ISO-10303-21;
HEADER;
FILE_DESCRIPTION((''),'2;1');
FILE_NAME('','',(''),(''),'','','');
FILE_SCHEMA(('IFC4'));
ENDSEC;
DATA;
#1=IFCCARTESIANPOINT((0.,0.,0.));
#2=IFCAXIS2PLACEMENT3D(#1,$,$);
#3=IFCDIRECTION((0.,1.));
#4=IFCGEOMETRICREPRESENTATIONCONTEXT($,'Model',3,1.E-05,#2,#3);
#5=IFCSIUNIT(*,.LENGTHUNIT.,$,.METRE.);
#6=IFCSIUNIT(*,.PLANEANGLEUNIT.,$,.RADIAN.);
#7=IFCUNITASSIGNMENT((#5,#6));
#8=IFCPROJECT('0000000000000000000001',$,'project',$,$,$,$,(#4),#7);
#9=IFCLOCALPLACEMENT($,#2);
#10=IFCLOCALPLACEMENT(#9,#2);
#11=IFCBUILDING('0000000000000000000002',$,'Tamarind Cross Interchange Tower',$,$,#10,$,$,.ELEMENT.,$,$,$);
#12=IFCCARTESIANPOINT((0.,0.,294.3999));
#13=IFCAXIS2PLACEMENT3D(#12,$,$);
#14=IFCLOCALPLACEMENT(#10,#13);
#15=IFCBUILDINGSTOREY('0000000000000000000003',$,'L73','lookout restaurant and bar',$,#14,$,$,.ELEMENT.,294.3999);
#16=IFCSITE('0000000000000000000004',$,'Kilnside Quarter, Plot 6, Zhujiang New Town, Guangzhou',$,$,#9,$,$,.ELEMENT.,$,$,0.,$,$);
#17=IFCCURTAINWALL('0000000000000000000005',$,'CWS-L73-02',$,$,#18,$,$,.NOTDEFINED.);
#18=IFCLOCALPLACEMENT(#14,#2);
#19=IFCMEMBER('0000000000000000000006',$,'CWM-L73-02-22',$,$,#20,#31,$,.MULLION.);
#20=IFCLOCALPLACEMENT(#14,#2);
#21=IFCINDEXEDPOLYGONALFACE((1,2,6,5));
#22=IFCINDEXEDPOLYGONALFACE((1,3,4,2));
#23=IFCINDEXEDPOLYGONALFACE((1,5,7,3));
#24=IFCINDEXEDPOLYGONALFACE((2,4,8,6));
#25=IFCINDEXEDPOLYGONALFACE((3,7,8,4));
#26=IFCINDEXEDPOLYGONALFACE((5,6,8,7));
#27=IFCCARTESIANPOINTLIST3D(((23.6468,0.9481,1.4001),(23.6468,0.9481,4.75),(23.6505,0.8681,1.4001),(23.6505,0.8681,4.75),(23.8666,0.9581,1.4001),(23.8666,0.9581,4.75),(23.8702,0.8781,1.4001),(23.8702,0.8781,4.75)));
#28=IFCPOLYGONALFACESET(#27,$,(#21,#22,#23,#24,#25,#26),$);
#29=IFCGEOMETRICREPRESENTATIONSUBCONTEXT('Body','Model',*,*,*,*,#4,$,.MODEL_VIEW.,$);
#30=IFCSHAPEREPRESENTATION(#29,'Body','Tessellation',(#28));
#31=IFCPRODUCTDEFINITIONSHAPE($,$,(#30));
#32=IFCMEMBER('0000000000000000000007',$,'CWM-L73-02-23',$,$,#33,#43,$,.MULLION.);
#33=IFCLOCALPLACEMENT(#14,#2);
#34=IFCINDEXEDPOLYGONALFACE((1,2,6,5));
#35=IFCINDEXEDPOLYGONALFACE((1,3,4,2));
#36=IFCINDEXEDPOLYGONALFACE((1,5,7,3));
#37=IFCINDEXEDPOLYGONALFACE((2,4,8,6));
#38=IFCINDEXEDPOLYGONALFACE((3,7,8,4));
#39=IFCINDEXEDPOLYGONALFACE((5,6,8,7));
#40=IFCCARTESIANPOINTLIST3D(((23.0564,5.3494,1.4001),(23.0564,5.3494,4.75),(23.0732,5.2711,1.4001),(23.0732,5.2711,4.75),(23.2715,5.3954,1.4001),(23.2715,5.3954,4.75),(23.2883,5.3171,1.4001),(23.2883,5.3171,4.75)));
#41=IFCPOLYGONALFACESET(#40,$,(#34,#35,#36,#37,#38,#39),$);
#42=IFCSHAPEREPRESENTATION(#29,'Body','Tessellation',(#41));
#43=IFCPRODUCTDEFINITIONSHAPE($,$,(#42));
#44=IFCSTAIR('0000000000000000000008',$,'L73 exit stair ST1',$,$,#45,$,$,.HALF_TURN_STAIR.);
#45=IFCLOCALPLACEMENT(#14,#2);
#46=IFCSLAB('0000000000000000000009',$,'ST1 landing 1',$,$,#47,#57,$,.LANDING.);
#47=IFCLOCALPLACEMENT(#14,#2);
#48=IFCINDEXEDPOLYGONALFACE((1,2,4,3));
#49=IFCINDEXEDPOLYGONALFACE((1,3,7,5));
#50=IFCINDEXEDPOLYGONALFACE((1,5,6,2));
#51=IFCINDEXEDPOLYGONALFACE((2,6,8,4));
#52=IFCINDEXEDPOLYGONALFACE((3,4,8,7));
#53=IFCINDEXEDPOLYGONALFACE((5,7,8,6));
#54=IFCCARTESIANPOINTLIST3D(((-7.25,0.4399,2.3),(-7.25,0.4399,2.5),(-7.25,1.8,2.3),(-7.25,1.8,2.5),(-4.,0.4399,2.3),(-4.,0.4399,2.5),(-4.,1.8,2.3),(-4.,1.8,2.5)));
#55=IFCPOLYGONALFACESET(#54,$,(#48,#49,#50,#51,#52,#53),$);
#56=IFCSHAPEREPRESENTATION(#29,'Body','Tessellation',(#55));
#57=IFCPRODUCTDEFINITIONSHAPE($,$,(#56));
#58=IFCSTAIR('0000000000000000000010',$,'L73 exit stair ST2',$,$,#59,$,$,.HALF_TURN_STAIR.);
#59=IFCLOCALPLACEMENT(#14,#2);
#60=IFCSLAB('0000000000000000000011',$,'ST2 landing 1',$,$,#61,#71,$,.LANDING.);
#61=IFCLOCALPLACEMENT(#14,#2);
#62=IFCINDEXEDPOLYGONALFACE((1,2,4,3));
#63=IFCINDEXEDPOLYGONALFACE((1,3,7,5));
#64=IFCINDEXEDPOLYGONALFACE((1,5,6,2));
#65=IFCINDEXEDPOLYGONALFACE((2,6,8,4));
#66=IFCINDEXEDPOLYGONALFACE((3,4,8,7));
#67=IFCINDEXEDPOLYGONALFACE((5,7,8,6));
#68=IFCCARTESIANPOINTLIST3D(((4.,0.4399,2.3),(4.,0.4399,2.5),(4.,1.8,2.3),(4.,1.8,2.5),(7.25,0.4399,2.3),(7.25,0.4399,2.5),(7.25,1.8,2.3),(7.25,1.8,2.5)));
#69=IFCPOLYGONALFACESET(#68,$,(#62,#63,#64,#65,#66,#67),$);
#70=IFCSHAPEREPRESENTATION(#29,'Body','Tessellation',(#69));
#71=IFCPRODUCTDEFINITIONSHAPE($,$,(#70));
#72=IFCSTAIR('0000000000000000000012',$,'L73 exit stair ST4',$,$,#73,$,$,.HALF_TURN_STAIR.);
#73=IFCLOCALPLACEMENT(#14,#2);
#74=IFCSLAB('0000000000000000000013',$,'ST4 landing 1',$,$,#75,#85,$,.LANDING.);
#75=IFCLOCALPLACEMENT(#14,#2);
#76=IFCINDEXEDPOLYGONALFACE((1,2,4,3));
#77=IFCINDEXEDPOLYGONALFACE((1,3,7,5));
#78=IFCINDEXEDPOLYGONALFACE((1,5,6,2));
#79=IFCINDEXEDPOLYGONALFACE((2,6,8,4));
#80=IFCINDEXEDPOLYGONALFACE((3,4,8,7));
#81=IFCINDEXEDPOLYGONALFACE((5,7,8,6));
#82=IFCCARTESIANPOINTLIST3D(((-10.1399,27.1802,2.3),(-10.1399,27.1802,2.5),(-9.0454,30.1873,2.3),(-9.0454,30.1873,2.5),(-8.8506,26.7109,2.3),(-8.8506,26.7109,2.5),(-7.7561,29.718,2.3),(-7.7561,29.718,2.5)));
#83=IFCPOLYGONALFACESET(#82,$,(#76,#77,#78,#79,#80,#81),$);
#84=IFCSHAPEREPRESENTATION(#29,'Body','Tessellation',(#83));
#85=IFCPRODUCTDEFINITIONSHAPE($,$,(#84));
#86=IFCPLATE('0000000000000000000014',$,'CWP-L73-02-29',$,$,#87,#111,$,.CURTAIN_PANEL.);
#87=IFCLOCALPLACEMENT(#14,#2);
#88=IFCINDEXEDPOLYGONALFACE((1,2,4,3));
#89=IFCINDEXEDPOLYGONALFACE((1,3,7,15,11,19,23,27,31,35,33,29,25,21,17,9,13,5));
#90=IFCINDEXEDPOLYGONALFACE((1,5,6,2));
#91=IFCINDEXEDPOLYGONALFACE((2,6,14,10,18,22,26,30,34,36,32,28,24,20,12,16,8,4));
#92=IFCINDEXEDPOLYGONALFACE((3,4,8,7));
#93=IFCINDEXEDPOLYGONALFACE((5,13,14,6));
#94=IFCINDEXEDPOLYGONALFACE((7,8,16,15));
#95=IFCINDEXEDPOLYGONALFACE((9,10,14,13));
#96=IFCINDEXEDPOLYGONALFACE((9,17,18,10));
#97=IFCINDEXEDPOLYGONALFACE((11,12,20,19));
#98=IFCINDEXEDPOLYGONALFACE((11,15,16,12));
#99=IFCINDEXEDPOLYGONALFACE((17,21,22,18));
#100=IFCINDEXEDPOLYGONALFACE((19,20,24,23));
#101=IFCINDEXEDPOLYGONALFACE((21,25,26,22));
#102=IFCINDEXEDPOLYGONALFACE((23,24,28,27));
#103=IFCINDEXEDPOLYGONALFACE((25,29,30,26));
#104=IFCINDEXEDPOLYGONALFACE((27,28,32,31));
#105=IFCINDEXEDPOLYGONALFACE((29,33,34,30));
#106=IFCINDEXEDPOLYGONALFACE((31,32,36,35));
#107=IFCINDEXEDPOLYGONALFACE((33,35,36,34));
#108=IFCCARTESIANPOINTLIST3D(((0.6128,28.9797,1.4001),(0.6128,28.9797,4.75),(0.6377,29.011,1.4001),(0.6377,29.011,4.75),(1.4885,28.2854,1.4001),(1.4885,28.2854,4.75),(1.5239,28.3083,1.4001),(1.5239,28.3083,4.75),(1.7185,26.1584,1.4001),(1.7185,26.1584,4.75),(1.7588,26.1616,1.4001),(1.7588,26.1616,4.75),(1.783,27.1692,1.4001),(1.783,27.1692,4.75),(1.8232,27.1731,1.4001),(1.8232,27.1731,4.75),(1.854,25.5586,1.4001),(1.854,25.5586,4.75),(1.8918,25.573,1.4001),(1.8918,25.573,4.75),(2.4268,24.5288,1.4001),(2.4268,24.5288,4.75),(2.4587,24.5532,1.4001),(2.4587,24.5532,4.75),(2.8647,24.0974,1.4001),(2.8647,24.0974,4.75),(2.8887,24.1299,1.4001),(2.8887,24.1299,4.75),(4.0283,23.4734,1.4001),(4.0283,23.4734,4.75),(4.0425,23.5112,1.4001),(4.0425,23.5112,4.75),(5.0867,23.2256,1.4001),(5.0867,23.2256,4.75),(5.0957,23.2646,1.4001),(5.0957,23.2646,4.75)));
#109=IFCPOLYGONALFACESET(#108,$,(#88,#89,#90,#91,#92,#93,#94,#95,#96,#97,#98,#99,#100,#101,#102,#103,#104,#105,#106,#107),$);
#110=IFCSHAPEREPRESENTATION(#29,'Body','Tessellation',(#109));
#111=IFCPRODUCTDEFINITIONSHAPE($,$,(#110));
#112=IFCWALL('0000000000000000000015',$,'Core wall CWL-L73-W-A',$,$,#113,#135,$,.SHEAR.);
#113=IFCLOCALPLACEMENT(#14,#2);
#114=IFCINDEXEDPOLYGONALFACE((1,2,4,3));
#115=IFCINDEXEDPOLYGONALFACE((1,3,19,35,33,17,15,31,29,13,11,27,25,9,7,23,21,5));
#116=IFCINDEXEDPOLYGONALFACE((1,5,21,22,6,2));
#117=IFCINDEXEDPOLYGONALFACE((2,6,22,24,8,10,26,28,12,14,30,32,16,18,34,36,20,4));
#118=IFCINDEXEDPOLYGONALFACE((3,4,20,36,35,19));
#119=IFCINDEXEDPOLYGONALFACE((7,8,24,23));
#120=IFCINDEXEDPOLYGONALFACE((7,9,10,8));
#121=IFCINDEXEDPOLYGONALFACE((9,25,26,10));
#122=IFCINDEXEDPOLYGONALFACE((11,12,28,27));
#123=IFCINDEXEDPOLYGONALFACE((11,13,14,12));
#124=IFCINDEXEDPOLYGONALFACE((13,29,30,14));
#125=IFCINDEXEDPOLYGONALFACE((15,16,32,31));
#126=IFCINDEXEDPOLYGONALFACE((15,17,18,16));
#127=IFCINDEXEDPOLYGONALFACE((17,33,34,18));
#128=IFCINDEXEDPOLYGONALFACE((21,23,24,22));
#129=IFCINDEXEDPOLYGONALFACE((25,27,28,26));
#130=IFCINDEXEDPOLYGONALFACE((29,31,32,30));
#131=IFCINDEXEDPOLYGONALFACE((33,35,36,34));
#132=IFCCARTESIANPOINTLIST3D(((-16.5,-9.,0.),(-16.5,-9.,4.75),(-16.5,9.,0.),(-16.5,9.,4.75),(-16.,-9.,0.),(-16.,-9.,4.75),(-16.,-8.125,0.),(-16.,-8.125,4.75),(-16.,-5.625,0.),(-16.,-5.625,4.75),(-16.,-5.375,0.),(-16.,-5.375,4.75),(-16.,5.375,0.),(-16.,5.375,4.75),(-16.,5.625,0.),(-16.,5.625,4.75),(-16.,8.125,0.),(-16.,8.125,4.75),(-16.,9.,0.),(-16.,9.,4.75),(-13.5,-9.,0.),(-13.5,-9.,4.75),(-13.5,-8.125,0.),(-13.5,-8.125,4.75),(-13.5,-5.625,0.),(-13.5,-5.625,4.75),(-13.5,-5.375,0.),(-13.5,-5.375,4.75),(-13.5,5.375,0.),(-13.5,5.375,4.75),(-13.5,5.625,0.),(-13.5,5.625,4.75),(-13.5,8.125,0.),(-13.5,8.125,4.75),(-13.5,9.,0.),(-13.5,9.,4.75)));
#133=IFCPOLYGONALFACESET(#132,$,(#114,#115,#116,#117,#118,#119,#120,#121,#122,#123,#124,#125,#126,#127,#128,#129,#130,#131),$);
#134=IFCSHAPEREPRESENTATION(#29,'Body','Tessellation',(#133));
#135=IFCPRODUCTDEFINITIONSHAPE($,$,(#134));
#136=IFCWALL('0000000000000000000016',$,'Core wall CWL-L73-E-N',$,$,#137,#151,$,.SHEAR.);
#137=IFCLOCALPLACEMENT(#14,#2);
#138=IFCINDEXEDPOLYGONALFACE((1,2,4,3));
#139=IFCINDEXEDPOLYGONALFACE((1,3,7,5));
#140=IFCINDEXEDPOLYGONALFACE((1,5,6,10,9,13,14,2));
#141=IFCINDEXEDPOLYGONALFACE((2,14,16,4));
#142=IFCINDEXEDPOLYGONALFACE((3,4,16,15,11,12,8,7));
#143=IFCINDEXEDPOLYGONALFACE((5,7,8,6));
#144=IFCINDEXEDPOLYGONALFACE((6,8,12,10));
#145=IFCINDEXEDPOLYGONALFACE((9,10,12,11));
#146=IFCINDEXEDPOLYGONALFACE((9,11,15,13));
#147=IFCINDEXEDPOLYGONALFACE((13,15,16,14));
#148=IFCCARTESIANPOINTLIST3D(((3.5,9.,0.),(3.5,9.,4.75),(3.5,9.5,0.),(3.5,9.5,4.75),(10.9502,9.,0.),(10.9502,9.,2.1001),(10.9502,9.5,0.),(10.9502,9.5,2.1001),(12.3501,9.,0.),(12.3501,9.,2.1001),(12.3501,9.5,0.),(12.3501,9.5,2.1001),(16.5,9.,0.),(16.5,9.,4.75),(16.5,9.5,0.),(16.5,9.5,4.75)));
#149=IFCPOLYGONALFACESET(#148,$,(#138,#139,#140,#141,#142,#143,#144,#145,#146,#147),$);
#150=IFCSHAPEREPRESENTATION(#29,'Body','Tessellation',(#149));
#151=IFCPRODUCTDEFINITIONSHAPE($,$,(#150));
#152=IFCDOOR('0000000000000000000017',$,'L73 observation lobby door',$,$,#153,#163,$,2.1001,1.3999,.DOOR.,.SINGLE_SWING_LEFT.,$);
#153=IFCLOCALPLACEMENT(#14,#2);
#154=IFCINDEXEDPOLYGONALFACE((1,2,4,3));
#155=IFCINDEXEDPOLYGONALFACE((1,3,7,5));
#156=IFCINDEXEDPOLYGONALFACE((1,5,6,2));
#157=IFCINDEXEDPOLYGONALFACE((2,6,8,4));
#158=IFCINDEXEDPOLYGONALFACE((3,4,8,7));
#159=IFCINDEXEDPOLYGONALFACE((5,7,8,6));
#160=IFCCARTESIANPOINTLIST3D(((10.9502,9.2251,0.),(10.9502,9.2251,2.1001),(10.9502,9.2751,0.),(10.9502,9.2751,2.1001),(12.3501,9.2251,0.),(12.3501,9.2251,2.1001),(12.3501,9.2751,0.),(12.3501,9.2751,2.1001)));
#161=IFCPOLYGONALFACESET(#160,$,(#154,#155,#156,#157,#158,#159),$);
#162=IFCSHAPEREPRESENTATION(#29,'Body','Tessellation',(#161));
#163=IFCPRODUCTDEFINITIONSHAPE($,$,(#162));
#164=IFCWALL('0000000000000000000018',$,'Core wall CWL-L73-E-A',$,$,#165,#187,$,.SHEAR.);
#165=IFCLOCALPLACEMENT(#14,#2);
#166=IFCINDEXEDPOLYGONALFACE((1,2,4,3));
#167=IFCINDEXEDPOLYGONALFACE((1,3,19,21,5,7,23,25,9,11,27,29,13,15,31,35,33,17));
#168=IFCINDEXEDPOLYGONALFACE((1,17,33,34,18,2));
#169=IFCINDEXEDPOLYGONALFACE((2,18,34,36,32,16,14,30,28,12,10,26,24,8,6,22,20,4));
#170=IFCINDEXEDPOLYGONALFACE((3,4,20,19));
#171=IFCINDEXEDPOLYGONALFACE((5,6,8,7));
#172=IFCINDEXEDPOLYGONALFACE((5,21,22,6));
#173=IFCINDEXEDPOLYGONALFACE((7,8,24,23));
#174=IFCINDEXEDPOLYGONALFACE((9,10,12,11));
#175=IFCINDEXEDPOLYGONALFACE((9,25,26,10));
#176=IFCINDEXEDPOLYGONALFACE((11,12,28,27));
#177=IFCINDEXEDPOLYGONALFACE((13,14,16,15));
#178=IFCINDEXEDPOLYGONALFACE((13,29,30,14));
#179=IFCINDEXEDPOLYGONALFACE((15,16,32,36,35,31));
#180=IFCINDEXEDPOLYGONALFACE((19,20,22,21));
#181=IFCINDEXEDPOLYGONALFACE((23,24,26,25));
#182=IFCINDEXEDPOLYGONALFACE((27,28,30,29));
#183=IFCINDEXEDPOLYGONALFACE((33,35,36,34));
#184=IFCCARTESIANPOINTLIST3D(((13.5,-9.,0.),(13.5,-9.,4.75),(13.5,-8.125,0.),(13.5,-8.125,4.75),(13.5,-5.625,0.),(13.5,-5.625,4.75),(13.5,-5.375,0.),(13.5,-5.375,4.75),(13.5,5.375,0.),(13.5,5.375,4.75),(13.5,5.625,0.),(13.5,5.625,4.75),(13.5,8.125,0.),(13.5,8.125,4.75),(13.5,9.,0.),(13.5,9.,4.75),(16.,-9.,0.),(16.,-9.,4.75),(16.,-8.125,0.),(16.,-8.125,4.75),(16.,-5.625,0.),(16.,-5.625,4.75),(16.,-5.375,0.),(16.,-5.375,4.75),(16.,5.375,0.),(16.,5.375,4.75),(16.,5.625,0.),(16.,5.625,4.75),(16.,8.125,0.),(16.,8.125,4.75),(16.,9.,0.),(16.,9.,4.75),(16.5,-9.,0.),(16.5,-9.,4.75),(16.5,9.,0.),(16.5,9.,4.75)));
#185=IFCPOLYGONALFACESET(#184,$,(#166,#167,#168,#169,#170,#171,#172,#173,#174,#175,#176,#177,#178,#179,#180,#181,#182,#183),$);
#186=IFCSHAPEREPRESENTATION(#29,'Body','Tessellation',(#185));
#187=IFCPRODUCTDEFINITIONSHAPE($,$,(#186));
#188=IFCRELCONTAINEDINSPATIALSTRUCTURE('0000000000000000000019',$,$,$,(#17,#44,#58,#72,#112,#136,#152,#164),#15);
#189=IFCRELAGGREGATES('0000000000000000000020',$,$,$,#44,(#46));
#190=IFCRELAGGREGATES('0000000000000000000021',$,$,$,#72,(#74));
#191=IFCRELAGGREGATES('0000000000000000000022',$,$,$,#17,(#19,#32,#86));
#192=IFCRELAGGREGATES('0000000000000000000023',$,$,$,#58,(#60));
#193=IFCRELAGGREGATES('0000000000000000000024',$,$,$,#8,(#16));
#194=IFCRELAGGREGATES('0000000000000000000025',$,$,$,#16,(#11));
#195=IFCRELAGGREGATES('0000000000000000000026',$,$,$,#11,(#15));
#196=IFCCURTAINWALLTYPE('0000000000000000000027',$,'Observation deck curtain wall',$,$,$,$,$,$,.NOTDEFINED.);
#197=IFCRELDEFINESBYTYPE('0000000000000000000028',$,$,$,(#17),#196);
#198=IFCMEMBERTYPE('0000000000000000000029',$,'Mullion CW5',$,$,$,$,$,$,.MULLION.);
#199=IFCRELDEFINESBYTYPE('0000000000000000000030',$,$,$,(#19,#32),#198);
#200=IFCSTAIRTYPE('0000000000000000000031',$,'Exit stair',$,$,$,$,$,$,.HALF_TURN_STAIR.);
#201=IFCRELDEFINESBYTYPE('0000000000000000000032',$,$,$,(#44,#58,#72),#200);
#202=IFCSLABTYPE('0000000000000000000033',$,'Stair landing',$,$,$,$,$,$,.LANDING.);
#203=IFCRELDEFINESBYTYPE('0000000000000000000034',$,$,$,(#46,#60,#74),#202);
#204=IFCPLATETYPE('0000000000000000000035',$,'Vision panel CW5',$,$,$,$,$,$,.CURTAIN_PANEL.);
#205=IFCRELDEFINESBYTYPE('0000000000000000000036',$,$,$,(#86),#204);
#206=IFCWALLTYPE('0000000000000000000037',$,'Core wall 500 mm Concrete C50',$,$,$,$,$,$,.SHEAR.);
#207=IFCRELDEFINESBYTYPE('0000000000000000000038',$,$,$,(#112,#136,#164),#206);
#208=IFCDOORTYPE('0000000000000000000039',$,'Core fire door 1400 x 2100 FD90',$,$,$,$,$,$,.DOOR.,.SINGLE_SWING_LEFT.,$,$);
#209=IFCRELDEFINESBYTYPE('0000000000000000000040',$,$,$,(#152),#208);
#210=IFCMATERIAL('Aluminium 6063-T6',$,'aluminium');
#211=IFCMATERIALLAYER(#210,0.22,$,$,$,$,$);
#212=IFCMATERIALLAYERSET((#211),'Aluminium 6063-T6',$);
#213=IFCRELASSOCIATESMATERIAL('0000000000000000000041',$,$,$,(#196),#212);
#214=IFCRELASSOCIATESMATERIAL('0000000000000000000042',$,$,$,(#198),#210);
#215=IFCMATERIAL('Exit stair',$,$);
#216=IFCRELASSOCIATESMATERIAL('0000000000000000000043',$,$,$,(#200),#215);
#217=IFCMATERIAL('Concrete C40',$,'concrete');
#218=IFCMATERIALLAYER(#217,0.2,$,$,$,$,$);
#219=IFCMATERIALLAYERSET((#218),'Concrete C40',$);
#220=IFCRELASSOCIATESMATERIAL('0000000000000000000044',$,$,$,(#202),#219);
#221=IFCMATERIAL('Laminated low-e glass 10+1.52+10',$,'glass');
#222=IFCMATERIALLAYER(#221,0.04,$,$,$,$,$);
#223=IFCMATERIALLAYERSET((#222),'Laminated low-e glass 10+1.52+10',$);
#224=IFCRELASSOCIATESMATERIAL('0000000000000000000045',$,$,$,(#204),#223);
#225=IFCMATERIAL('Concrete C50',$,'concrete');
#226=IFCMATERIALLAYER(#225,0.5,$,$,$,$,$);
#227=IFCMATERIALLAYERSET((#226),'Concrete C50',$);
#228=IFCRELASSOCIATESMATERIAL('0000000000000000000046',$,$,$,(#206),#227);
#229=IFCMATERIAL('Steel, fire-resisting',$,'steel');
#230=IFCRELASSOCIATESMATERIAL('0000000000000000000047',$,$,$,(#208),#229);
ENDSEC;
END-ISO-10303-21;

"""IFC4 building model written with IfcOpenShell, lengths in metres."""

from ifc_helpers import new_model, si_unit, direction, frame, frame_2d, origin, origin_2d, place, context, subcontext, project, spatial, polyline, rectangle, outline, extrude, material, layer, layer_set, material_profile, profile_set, type_object, element, fill, aggregate, save


model = new_model("IFC4")

# Units and contexts
model_context = context("Model", 3, precision=1e-05, world=origin(), true_north=direction((0.0, 1.0)))
body_context = subcontext(model_context, "Body", "Model", "MODEL_VIEW")
ifc_project = project(units=[si_unit("LENGTHUNIT", "METRE"), si_unit("PLANEANGLEUNIT", "RADIAN")], contexts=[model_context])

# Site, building, storey
site_placement = place(None, origin())
site = spatial("IfcSite", under=ifc_project, at=site_placement, Name="Kilnside Quarter, Plot 6, Zhujiang New Town, Guangzhou", CompositionType="ELEMENT", RefElevation=0.0)
building_placement = place(site_placement, origin())
building = spatial("IfcBuilding", under=site, at=building_placement, Name="Tamarind Cross Interchange Tower", CompositionType="ELEMENT")
storey_placement = place(building_placement, frame((0.0, 0.0, 294.3999)))
storey = spatial("IfcBuildingStorey", under=building, at=storey_placement, Name="L73", Description="lookout restaurant and bar", CompositionType="ELEMENT", Elevation=294.3999)

# Curtain wall, members
ifc_material_1 = material(Name="Aluminium 6063-T6", Category="aluminium")
ifc_layer_1 = layer(ifc_material_1, 0.22)
ifc_layer_set_1 = layer_set([ifc_layer_1], Name="Aluminium 6063-T6")
curtain_wall_type = type_object("IfcCurtainWallType", Name="Observation deck curtain wall", PredefinedType="NOTDEFINED", material=ifc_layer_set_1)
curtain_wall_placement = place(storey_placement, origin())
curtain_wall = element("IfcCurtainWall", 1, at=curtain_wall_placement, inside=storey, type_object=curtain_wall_type, Name="CWS-L73-02", PredefinedType="NOTDEFINED")
ifc_material_profile_1 = material_profile(ifc_material_1, rectangle(XDim=0.0801, YDim=0.22, at=origin_2d()), Name="Mullion CW5")
ifc_profile_set_1 = profile_set([ifc_material_profile_1], Name="Aluminium 6063-T6")
member_type_1 = type_object("IfcMemberType", Name="Mullion CW5", PredefinedType="MULLION", material=ifc_profile_set_1)
member_1_placement = place(storey_placement, frame((23.7585, 0.9131, 1.4001), z_axis=(0.0, 0.0, 1.0), x_axis=(-0.045624, 0.998959, 0.0)))
member_1 = element("IfcMember", 2, at=member_1_placement, type_object=member_type_1, Name="CWM-L73-02-22", PredefinedType="MULLION", context=body_context, shape_type="SweptSolid", body=[
    extrude(rectangle(XDim=0.0801, YDim=0.22, at=origin_2d()), origin(), (0.0, 0.0, 1.0), 3.3499),
])
member_2_placement = place(storey_placement, frame((23.1724, 5.3333, 1.4001), z_axis=(0.0, 0.0, 1.0), x_axis=(-0.209425, 0.977825, 0.0)))
member_2 = element("IfcMember", 3, at=member_2_placement, type_object=member_type_1, Name="CWM-L73-02-23", PredefinedType="MULLION", context=body_context, shape_type="SweptSolid", body=[
    extrude(rectangle(XDim=0.0801, YDim=0.22, at=origin_2d()), origin(), (0.0, 0.0, 1.0), 3.3499),
])

# Stairs, slabs
ifc_material_2 = material(Name="Exit stair")
stair_type = type_object("IfcStairType", Name="Exit stair", PredefinedType="HALF_TURN_STAIR", material=ifc_material_2)
stair_1_placement = place(storey_placement, origin())
stair_1 = element("IfcStair", 4, at=stair_1_placement, inside=storey, type_object=stair_type, Name="L73 exit stair ST1", PredefinedType="HALF_TURN_STAIR")
ifc_material_3 = material(Name="Concrete C40", Category="concrete")
ifc_layer_2 = layer(ifc_material_3, 0.2)
ifc_layer_set_2 = layer_set([ifc_layer_2], Name="Concrete C40")
slab_type = type_object("IfcSlabType", Name="Stair landing", PredefinedType="LANDING", material=ifc_layer_set_2)
slab_1_placement = place(storey_placement, frame((0.0, 0.0, 2.3)))
slab_1 = element("IfcSlab", 5, at=slab_1_placement, type_object=slab_type, Name="ST1 landing 1", PredefinedType="LANDING", context=body_context, shape_type="SweptSolid", body=[
    extrude(outline(polyline([(-4.0, 0.4399), (-4.0, 1.8), (-7.25, 1.8), (-7.25, 0.4399), (-4.0, 0.4399)])), origin(), (0.0, 0.0, 1.0), 0.2),
])
aggregate(stair_1, [slab_1])
stair_2_placement = place(storey_placement, origin())
stair_2 = element("IfcStair", 6, at=stair_2_placement, inside=storey, type_object=stair_type, Name="L73 exit stair ST2", PredefinedType="HALF_TURN_STAIR")
slab_2_placement = place(storey_placement, frame((0.0, 0.0, 2.3)))
slab_2 = element("IfcSlab", 7, at=slab_2_placement, type_object=slab_type, Name="ST2 landing 1", PredefinedType="LANDING", context=body_context, shape_type="SweptSolid", body=[
    extrude(outline(polyline([(7.25, 0.4399), (7.25, 1.8), (4.0, 1.8), (4.0, 0.4399), (7.25, 0.4399)])), origin(), (0.0, 0.0, 1.0), 0.2),
])
stair_3_placement = place(storey_placement, origin())
stair_3 = element("IfcStair", 8, at=stair_3_placement, inside=storey, type_object=stair_type, Name="L73 exit stair ST4", PredefinedType="HALF_TURN_STAIR")
slab_3_placement = place(storey_placement, frame((0.0, 0.0, 2.3)))
slab_3 = element("IfcSlab", 9, at=slab_3_placement, type_object=slab_type, Name="ST4 landing 1", PredefinedType="LANDING", context=body_context, shape_type="SweptSolid", body=[
    extrude(outline(polyline([(-7.7561, 29.718), (-9.0454, 30.1873), (-10.1399, 27.1802), (-8.8506, 26.7109), (-7.7561, 29.718)])), origin(), (0.0, 0.0, 1.0), 0.2),
])
aggregate(stair_3, [slab_3])

# Plate
ifc_material_4 = material(Name="Laminated low-e glass 10+1.52+10", Category="glass")
ifc_layer_3 = layer(ifc_material_4, 0.04)
ifc_layer_set_3 = layer_set([ifc_layer_3], Name="Laminated low-e glass 10+1.52+10")
plate_type = type_object("IfcPlateType", Name="Vision panel CW5", PredefinedType="CURTAIN_PANEL", material=ifc_layer_set_3)
plate_placement = place(storey_placement, frame((0.0, 0.0, 1.4001)))
plate = element("IfcPlate", 10, at=plate_placement, type_object=plate_type, Name="CWP-L73-02-29", PredefinedType="CURTAIN_PANEL", context=body_context, shape_type="SweptSolid", body=[
    extrude(outline(polyline([(5.0867, 23.2256), (4.0283, 23.4734), (2.8647, 24.0974), (2.4268, 24.5288), (1.854, 25.5586), (1.7185, 26.1584), (1.783, 27.1692), (1.4885, 28.2854), (0.6128, 28.9797), (0.6377, 29.011), (1.5239, 28.3083), (1.8232, 27.1731), (1.7588, 26.1616), (1.8918, 25.573), (2.4587, 24.5532), (2.8887, 24.1299), (4.0425, 23.5112), (5.0957, 23.2646), (5.0867, 23.2256)])), origin(), (0.0, 0.0, 1.0), 3.3499),
])
aggregate(curtain_wall, [member_1, member_2, plate])

# Wall
ifc_material_5 = material(Name="Concrete C50", Category="concrete")
ifc_layer_4 = layer(ifc_material_5, 0.5)
ifc_layer_set_4 = layer_set([ifc_layer_4], Name="Concrete C50")
wall_type_1 = type_object("IfcWallType", Name="Core wall 500 mm Concrete C50", PredefinedType="SHEAR", material=ifc_layer_set_4)
wall_1_placement = place(storey_placement, origin())
element("IfcWall", 11, at=wall_1_placement, inside=storey, type_object=wall_type_1, Name="Core wall CWL-L73-W-A", PredefinedType="SHEAR", context=body_context, shape_type="SweptSolid", body=[
    extrude(outline(polyline([(-13.5, -8.125), (-16.0, -8.125), (-16.0, -5.625), (-13.5, -5.625), (-13.5, -5.375), (-16.0, -5.375), (-16.0, 5.375), (-13.5, 5.375), (-13.5, 5.625), (-16.0, 5.625), (-16.0, 8.125), (-13.5, 8.125), (-13.5, 9.0), (-16.0, 9.0), (-16.5, 9.0), (-16.5, -9.0), (-16.0, -9.0), (-13.5, -9.0), (-13.5, -8.125)])), origin(), (0.0, 0.0, 1.0), 4.75),
])

# Wall, opening, door
wall_2_placement = place(storey_placement, frame((16.5, 9.25, 0.0), z_axis=(0.0, 0.0, 1.0), x_axis=(-1.0, 0.0, 0.0)))
wall_2 = element("IfcWall", 12, at=wall_2_placement, inside=storey, type_object=wall_type_1, Name="Core wall CWL-L73-E-N", PredefinedType="SHEAR", context=body_context, shape_type="SweptSolid", body=[
    extrude(rectangle(XDim=13.0, YDim=0.5, at=frame_2d((6.5, 0.0))), origin(), (0.0, 0.0, 1.0), 4.75),
])
opening_placement = place(wall_2_placement, frame((4.1499, 0.0, 0.0)))
opening = element("IfcOpeningElement", 13, at=opening_placement, cuts=wall_2, PredefinedType="OPENING", context=body_context, shape_type="SweptSolid", body=[
    extrude(rectangle(XDim=1.3999, YDim=2.1001, at=frame_2d((0.7, 1.05))), frame((0.0, 0.26, 0.0), z_axis=(0.0, -1.0, 0.0), x_axis=(1.0, 0.0, 0.0)), (0.0, 0.0, 1.0), 0.52),
])
ifc_material_6 = material(Name="Steel, fire-resisting", Category="steel")
door_type = type_object("IfcDoorType", Name="Core fire door 1400 x 2100 FD90", OperationType="SINGLE_SWING_LEFT", PredefinedType="DOOR", material=ifc_material_6)
door_placement = place(opening_placement, origin())
door = element("IfcDoor", 14, at=door_placement, inside=storey, type_object=door_type, Name="L73 observation lobby door", OperationType="SINGLE_SWING_LEFT", OverallHeight=2.1001, OverallWidth=1.3999, PredefinedType="DOOR", context=body_context, shape_type="SweptSolid", body=[
    extrude(rectangle(XDim=1.3999, YDim=2.1001, at=frame_2d((0.7, 1.05))), frame((0.0, 0.0249, 0.0), z_axis=(0.0, -1.0, 0.0), x_axis=(1.0, 0.0, 0.0)), (0.0, 0.0, 1.0), 0.05),
])
fill(opening, door)

# Wall
wall_3_placement = place(storey_placement, origin())
element("IfcWall", 15, at=wall_3_placement, inside=storey, type_object=wall_type_1, Name="Core wall CWL-L73-E-A", PredefinedType="SHEAR", context=body_context, shape_type="SweptSolid", body=[
    extrude(outline(polyline([(13.5, -8.125), (13.5, -9.0), (16.0, -9.0), (16.5, -9.0), (16.5, 9.0), (16.0, 9.0), (13.5, 9.0), (13.5, 8.125), (16.0, 8.125), (16.0, 5.625), (13.5, 5.625), (13.5, 5.375), (16.0, 5.375), (16.0, -5.375), (13.5, -5.375), (13.5, -5.625), (16.0, -5.625), (16.0, -8.125), (13.5, -8.125)])), origin(), (0.0, 0.0, 1.0), 4.75),
])

aggregate(stair_2, [slab_2])

save(model, "model.ifc")
